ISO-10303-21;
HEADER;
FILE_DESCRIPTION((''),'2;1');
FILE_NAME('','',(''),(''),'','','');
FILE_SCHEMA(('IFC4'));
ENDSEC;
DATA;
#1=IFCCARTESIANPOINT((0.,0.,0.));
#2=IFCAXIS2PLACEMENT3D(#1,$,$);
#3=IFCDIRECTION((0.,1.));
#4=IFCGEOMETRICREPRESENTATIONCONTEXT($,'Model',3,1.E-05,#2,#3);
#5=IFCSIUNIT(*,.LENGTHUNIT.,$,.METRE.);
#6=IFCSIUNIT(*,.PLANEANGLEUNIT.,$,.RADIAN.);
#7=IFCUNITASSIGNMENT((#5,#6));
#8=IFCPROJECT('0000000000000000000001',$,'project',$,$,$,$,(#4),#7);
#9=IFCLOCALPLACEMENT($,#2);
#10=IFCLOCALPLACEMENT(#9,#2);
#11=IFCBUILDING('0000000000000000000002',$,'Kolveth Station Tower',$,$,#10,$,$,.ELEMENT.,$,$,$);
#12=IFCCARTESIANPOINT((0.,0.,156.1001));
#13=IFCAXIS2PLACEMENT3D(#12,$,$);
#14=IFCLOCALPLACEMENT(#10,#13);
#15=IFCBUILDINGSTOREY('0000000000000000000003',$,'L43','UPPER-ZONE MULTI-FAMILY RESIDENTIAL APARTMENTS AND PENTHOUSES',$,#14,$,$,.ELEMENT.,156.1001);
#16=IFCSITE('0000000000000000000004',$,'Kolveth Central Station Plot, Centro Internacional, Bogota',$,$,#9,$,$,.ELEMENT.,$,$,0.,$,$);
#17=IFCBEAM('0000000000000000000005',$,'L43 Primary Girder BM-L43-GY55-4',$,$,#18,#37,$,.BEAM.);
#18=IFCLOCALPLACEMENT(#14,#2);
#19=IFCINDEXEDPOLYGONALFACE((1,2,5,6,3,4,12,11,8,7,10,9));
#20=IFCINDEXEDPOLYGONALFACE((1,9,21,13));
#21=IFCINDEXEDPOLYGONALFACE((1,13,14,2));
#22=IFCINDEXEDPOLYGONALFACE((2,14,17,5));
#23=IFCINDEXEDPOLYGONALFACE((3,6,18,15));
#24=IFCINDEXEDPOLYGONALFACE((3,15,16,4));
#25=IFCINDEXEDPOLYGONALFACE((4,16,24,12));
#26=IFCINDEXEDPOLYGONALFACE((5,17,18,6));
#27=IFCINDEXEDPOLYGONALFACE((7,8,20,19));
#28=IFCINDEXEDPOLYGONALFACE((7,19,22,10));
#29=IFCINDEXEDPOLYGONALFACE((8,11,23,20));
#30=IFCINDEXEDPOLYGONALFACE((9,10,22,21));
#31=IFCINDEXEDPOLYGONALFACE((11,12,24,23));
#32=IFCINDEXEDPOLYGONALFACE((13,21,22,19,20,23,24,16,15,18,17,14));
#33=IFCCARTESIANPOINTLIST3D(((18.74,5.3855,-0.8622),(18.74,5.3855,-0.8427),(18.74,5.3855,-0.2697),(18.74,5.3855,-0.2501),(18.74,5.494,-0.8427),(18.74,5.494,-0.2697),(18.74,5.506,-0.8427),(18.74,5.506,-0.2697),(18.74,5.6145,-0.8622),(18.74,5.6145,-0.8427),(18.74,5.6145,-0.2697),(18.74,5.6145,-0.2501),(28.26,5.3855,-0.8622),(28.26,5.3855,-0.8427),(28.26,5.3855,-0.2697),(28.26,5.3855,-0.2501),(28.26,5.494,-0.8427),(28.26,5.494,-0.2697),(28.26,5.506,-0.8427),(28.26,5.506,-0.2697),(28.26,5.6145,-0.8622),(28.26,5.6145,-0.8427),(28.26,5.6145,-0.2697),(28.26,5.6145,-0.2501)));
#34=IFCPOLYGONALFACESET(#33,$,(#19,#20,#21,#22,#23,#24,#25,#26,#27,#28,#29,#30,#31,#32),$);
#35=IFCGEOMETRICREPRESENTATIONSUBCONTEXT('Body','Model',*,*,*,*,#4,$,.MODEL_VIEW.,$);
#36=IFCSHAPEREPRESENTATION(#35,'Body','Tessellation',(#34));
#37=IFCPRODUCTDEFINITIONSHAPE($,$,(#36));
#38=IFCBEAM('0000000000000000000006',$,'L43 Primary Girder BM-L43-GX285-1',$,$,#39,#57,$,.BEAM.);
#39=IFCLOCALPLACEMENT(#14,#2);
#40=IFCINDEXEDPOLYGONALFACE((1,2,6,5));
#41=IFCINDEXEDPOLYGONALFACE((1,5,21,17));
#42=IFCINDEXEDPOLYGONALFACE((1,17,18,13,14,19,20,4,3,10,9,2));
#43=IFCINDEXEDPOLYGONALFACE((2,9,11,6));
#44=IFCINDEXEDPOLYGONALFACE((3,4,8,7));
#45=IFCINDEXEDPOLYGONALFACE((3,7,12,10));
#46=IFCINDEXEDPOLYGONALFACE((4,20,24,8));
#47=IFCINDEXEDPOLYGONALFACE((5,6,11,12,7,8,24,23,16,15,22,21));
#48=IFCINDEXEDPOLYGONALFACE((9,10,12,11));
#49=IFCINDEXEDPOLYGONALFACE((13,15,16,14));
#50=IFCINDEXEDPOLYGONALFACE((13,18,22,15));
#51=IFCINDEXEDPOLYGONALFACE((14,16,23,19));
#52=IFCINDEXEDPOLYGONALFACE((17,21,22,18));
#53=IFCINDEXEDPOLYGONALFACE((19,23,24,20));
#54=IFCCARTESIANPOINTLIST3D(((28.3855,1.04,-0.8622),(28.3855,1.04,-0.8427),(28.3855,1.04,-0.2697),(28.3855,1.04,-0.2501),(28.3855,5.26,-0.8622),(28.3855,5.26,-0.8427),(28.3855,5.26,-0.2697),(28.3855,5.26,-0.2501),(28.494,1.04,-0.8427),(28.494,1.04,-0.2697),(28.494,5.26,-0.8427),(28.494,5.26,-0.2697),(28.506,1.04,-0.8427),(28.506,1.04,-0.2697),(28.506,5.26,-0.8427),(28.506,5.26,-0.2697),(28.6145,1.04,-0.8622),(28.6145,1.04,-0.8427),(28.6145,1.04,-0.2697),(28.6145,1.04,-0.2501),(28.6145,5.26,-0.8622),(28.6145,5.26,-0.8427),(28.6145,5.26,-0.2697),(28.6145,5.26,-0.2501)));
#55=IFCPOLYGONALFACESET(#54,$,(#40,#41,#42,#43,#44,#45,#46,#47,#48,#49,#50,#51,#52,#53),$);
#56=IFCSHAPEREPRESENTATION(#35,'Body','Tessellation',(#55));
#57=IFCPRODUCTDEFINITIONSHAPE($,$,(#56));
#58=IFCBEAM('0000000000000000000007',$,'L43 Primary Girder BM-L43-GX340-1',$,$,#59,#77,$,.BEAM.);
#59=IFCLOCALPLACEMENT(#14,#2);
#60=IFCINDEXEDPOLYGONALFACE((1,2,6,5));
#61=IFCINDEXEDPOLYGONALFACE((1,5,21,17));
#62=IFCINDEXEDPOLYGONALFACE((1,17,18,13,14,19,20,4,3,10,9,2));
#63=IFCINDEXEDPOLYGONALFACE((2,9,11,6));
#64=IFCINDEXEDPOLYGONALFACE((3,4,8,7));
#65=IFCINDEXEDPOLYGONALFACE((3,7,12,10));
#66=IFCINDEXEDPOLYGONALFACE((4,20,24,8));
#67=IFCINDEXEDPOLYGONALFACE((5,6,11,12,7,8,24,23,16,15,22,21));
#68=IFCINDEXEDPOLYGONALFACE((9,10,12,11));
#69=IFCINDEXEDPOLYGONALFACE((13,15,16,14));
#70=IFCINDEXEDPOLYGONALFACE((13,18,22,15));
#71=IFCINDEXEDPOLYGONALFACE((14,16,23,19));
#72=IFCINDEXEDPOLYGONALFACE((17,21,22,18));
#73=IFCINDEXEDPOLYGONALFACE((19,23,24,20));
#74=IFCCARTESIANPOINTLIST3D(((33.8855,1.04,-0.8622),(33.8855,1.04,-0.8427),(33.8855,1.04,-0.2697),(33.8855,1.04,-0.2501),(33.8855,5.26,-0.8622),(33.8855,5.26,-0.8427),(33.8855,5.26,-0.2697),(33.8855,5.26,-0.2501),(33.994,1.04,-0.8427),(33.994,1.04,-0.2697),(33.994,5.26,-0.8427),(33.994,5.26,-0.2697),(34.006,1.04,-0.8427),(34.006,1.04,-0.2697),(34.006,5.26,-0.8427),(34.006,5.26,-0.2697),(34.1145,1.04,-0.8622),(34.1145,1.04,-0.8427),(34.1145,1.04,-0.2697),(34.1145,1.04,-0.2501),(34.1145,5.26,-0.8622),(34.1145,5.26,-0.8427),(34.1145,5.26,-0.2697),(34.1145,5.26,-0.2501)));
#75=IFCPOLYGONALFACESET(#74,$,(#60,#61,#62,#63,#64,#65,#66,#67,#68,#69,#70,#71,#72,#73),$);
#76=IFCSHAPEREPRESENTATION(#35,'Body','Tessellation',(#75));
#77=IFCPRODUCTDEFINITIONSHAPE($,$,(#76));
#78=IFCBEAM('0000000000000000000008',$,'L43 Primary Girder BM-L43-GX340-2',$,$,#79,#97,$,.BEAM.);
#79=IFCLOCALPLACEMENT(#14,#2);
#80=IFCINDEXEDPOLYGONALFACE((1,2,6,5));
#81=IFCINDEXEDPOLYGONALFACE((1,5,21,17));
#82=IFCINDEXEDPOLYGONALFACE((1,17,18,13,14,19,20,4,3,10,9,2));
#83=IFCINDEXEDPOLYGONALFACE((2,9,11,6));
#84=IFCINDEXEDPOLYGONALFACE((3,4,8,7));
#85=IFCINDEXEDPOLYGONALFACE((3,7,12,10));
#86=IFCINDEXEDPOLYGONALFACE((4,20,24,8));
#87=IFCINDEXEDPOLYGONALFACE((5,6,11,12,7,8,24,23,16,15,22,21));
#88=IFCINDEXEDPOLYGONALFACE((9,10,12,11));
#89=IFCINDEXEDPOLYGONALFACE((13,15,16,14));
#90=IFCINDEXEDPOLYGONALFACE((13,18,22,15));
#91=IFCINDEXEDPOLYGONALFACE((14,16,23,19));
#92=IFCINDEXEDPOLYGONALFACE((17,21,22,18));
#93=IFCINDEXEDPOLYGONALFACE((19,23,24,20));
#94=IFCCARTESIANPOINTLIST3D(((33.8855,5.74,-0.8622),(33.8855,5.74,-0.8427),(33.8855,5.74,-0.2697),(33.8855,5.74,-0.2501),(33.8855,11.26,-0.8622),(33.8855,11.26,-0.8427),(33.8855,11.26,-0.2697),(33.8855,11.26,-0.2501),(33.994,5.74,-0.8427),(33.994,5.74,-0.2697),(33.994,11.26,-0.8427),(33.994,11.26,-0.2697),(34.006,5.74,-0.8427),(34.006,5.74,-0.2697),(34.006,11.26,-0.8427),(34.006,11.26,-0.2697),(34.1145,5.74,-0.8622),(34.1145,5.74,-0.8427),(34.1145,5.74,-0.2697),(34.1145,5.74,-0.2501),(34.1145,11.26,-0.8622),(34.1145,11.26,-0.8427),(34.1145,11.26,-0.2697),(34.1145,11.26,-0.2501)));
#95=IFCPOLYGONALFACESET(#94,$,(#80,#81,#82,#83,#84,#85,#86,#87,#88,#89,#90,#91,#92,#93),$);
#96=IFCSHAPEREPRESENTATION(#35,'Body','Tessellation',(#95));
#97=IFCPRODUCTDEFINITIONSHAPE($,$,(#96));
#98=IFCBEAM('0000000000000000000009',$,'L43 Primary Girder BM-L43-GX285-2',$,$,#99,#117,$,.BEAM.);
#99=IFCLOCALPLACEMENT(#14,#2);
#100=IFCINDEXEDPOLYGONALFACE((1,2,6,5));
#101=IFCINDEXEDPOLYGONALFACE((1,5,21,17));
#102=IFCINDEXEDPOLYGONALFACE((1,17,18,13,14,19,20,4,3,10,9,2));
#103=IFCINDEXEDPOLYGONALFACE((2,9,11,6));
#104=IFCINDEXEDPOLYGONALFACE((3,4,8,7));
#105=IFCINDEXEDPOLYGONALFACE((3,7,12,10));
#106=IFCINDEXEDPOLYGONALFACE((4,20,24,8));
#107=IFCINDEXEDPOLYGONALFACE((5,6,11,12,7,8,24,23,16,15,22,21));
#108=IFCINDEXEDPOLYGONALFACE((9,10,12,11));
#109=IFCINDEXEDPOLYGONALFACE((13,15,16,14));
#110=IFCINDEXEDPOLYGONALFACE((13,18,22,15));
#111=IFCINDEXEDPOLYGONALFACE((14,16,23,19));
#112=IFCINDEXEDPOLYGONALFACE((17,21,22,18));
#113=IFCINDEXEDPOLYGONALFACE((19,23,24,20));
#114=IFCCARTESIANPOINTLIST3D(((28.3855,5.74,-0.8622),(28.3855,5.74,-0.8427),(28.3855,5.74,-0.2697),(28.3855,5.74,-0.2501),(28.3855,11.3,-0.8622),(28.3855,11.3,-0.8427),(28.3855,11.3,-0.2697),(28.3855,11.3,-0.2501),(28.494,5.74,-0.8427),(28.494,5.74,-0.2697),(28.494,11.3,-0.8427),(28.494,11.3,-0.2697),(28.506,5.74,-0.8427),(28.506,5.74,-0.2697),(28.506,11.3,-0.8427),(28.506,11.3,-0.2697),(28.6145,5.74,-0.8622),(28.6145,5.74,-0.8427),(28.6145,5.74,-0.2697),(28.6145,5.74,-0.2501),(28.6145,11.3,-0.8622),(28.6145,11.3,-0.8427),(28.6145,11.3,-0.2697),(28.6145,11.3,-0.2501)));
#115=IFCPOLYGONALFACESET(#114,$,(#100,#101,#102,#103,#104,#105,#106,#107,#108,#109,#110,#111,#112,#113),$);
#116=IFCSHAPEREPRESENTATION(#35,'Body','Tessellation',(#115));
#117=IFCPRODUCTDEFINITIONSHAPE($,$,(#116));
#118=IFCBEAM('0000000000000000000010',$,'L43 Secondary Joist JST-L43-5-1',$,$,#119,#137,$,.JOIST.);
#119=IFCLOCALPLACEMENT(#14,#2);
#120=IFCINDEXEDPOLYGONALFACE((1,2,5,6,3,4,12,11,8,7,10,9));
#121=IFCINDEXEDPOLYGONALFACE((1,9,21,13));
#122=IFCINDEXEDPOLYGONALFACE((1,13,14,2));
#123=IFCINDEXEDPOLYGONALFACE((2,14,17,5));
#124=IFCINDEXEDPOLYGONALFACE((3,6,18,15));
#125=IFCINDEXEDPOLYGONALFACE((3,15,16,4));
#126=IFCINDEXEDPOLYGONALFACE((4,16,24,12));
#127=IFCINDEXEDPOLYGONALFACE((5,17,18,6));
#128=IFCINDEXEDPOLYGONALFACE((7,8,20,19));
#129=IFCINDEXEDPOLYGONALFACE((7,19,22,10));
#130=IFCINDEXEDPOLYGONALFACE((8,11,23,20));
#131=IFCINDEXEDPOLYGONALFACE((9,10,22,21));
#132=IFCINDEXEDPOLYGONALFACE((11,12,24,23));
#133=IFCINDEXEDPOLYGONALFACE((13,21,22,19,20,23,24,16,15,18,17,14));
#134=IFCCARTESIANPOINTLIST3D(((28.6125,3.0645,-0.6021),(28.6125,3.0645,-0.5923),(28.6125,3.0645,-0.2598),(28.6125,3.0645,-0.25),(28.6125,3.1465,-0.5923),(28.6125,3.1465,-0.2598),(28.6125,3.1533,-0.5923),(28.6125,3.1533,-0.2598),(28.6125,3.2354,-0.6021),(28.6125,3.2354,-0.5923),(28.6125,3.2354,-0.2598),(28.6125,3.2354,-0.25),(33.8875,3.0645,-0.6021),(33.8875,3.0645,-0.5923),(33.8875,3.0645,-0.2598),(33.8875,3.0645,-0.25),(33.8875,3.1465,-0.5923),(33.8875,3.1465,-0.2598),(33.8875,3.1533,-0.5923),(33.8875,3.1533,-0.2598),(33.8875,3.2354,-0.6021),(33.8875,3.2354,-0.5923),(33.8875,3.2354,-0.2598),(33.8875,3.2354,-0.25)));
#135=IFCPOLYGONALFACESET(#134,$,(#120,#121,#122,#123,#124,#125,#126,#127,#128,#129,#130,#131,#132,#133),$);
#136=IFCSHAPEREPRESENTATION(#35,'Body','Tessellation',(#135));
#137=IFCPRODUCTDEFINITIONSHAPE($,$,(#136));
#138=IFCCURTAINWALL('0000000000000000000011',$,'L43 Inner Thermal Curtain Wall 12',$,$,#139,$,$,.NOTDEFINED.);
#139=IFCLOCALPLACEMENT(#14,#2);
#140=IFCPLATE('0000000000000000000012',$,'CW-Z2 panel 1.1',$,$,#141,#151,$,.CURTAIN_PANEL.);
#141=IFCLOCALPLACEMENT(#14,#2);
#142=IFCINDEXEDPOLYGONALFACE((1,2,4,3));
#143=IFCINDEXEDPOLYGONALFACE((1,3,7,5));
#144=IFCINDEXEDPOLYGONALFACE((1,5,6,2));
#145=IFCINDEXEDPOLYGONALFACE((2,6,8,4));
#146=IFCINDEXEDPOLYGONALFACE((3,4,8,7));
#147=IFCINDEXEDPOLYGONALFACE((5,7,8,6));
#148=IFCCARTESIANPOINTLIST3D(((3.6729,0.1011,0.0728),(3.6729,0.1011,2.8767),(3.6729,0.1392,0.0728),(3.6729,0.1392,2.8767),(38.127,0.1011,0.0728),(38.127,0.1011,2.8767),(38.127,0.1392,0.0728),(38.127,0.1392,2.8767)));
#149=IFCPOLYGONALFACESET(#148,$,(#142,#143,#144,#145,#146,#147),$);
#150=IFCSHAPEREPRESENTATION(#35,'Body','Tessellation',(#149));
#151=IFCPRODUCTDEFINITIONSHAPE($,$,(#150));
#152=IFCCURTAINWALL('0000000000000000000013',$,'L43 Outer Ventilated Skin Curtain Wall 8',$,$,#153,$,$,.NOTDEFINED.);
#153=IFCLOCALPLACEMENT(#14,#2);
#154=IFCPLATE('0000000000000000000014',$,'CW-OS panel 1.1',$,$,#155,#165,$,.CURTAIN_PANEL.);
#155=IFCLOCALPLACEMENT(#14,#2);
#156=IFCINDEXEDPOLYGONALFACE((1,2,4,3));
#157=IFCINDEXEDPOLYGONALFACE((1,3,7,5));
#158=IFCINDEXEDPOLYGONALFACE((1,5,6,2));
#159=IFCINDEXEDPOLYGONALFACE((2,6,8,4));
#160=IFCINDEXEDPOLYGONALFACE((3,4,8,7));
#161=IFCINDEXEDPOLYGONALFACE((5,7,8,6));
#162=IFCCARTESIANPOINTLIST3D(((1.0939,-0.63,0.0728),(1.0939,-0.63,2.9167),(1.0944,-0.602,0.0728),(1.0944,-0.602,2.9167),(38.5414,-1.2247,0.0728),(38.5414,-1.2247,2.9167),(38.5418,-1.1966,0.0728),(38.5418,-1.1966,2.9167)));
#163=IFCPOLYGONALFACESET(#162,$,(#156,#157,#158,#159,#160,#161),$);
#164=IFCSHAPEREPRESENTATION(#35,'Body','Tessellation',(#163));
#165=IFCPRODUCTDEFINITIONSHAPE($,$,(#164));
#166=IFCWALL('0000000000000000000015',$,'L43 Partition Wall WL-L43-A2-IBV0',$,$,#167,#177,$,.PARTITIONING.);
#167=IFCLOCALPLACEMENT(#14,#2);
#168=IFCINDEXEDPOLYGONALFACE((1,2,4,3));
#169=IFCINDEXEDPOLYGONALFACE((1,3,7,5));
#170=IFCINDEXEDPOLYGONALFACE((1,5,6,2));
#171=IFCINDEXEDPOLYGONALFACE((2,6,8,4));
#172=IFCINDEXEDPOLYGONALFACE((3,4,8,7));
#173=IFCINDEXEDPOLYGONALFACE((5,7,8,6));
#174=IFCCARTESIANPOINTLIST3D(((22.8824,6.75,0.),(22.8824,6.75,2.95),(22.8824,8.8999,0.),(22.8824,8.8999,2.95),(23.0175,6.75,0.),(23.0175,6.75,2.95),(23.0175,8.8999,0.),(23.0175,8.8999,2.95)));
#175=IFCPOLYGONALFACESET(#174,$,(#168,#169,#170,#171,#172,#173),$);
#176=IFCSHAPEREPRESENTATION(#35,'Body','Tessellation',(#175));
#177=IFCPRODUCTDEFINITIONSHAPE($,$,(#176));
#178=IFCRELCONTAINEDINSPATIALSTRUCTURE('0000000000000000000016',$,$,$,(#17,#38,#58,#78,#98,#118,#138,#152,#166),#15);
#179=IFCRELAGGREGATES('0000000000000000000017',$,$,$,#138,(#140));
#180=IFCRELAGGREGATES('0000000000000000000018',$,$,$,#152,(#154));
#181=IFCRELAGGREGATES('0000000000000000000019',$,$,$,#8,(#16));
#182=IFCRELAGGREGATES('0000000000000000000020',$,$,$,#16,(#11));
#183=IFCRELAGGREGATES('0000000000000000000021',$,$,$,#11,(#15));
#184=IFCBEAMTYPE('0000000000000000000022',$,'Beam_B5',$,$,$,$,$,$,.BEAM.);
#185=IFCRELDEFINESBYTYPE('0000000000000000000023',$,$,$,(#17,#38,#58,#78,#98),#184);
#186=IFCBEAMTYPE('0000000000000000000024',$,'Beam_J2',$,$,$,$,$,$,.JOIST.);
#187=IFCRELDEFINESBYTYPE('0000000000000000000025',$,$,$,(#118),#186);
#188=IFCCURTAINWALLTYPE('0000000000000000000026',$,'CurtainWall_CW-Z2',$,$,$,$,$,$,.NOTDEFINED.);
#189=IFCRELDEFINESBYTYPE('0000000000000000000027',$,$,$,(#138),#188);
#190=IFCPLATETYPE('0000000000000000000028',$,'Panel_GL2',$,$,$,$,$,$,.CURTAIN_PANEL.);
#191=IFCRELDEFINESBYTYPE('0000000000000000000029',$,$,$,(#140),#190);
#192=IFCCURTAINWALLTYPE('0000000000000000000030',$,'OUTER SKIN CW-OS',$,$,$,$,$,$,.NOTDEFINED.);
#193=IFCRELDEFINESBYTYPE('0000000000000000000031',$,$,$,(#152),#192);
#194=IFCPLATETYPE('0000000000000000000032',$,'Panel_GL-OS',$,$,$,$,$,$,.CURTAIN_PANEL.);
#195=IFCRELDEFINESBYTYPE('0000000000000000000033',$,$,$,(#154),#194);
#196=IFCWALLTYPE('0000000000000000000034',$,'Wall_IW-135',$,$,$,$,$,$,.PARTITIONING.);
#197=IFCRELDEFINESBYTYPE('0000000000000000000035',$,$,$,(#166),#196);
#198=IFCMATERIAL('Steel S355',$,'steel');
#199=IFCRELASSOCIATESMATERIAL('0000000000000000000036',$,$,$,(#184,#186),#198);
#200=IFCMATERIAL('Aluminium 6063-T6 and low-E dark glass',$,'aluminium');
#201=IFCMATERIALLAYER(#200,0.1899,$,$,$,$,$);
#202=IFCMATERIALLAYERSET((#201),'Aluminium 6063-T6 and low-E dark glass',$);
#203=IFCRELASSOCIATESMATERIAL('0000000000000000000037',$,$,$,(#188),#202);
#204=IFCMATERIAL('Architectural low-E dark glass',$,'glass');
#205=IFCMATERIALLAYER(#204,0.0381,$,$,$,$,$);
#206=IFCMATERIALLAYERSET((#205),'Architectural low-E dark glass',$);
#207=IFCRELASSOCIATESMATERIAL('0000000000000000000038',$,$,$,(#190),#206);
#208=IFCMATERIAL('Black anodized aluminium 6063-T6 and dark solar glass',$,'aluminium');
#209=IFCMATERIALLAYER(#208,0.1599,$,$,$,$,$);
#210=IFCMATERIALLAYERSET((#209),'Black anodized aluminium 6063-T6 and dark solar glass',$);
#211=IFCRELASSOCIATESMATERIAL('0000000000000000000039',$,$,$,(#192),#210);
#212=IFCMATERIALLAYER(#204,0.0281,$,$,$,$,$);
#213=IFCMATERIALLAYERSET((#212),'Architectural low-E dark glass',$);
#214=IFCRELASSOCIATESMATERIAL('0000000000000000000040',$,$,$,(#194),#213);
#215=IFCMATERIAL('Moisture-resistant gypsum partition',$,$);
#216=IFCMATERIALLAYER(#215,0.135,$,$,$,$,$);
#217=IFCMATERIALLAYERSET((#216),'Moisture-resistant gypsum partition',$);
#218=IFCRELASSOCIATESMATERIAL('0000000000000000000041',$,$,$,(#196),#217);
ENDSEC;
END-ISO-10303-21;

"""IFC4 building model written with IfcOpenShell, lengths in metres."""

from ifc_helpers import new_model, si_unit, direction, frame, frame_2d, origin, origin_2d, place, context, subcontext, project, spatial, rectangle, i_section, extrude, source, transform, mapped, material, layer, layer_set, material_profile, profile_set, type_object, element, aggregate, save


model = new_model("IFC4")

# Units and contexts
model_context = context("Model", 3, precision=1e-05, world=origin(), true_north=direction((0.0, 1.0)))
body_context = subcontext(model_context, "Body", "Model", "MODEL_VIEW")
ifc_project = project(units=[si_unit("LENGTHUNIT", "METRE"), si_unit("PLANEANGLEUNIT", "RADIAN")], contexts=[model_context])

# Site, building, storey
site_placement = place(None, origin())
site = spatial("IfcSite", under=ifc_project, at=site_placement, Name="Kolveth Central Station Plot, Centro Internacional, Bogota", CompositionType="ELEMENT", RefElevation=0.0)
building_placement = place(site_placement, origin())
building = spatial("IfcBuilding", under=site, at=building_placement, Name="Kolveth Station Tower", CompositionType="ELEMENT")
storey_placement = place(building_placement, frame((0.0, 0.0, 156.1001)))
storey = spatial("IfcBuildingStorey", under=building, at=storey_placement, Name="L43", Description="UPPER-ZONE MULTI-FAMILY RESIDENTIAL APARTMENTS AND PENTHOUSES", CompositionType="ELEMENT", Elevation=156.1001)

# Shared definitions
ifc_material_1 = material(Name="Steel S355", Category="steel")

# Beams
ifc_material_profile_1 = material_profile(ifc_material_1, i_section(OverallWidth=0.229, OverallDepth=0.6121, WebThickness=0.012, FlangeThickness=0.0195, at=origin_2d()), Name="W610x125")
ifc_profile_set_1 = profile_set([ifc_material_profile_1], Name="Steel S355")
beam_type_1 = type_object("IfcBeamType", Name="Beam_B5", PredefinedType="BEAM", material=ifc_profile_set_1)
shared_shape_1 = source(origin(), body_context, "Body", "SweptSolid", [
    extrude(i_section(OverallWidth=0.229, OverallDepth=0.6121, WebThickness=0.012, FlangeThickness=0.0195, at=origin_2d()), origin(), (0.0, 0.0, 1.0), 9.52),
])
beam_1_placement = place(storey_placement, frame((18.74, 5.5, -0.5562), z_axis=(1.0, 0.0, 0.0), x_axis=(0.0, 1.0, 0.0)))
element("IfcBeam", 1, at=beam_1_placement, inside=storey, type_object=beam_type_1, Name="L43 Primary Girder BM-L43-GY55-4", PredefinedType="BEAM", context=body_context, shape_type="MappedRepresentation", body=[
    mapped(shared_shape_1, transform((0.0, 0.0, 0.0), x_axis=(1.0, 0.0, 0.0), y_axis=(0.0, 1.0, 0.0), z_axis=(0.0, 0.0, 1.0), scale=1.0)),
])
shared_shape_2 = source(origin(), body_context, "Body", "SweptSolid", [
    extrude(i_section(OverallWidth=0.229, OverallDepth=0.6121, WebThickness=0.012, FlangeThickness=0.0195, at=origin_2d()), origin(), (0.0, 0.0, 1.0), 4.22),
])
for number, where, z_axis, x_axis, name in (
    (2, (28.5, 1.04, -0.5562), (0.0, 1.0, 0.0), (-1.0, 0.0, 0.0), "L43 Primary Girder BM-L43-GX285-1"),
    (3, (34.0, 1.04, -0.5562), (0.0, 1.0, 0.0), (-1.0, 0.0, 0.0), "L43 Primary Girder BM-L43-GX340-1"),
):
    element("IfcBeam", number, at=place(storey_placement, frame(where, z_axis=z_axis, x_axis=x_axis)), inside=storey, type_object=beam_type_1, Name=name, PredefinedType="BEAM", context=body_context, shape_type="MappedRepresentation", body=[
        mapped(shared_shape_2, transform((0.0, 0.0, 0.0), x_axis=(1.0, 0.0, 0.0), y_axis=(0.0, 1.0, 0.0), z_axis=(0.0, 0.0, 1.0), scale=1.0)),
    ])
shared_shape_3 = source(origin(), body_context, "Body", "SweptSolid", [
    extrude(i_section(OverallWidth=0.229, OverallDepth=0.6121, WebThickness=0.012, FlangeThickness=0.0195, at=origin_2d()), origin(), (0.0, 0.0, 1.0), 5.52),
])
beam_2_placement = place(storey_placement, frame((34.0, 5.74, -0.5562), z_axis=(0.0, 1.0, 0.0), x_axis=(-1.0, 0.0, 0.0)))
element("IfcBeam", 4, at=beam_2_placement, inside=storey, type_object=beam_type_1, Name="L43 Primary Girder BM-L43-GX340-2", PredefinedType="BEAM", context=body_context, shape_type="MappedRepresentation", body=[
    mapped(shared_shape_3, transform((0.0, 0.0, 0.0), x_axis=(1.0, 0.0, 0.0), y_axis=(0.0, 1.0, 0.0), z_axis=(0.0, 0.0, 1.0), scale=1.0)),
])
shared_shape_4 = source(origin(), body_context, "Body", "SweptSolid", [
    extrude(i_section(OverallWidth=0.229, OverallDepth=0.6121, WebThickness=0.012, FlangeThickness=0.0195, at=origin_2d()), origin(), (0.0, 0.0, 1.0), 5.5601),
])
beam_3_placement = place(storey_placement, frame((28.5, 5.74, -0.5562), z_axis=(0.0, 1.0, 0.0), x_axis=(-1.0, 0.0, 0.0)))
element("IfcBeam", 5, at=beam_3_placement, inside=storey, type_object=beam_type_1, Name="L43 Primary Girder BM-L43-GX285-2", PredefinedType="BEAM", context=body_context, shape_type="MappedRepresentation", body=[
    mapped(shared_shape_4, transform((0.0, 0.0, 0.0), x_axis=(1.0, 0.0, 0.0), y_axis=(0.0, 1.0, 0.0), z_axis=(0.0, 0.0, 1.0), scale=1.0)),
])
ifc_material_profile_2 = material_profile(ifc_material_1, i_section(OverallWidth=0.1709, OverallDepth=0.3521, WebThickness=0.0068, FlangeThickness=0.0098, at=origin_2d()), Name="W360x44")
ifc_profile_set_2 = profile_set([ifc_material_profile_2], Name="Steel S355")
beam_type_2 = type_object("IfcBeamType", Name="Beam_J2", PredefinedType="JOIST", material=ifc_profile_set_2)
shared_shape_5 = source(origin(), body_context, "Body", "SweptSolid", [
    extrude(i_section(OverallWidth=0.1709, OverallDepth=0.3521, WebThickness=0.0068, FlangeThickness=0.0098, at=origin_2d()), origin(), (0.0, 0.0, 1.0), 5.2749),
])
beam_4_placement = place(storey_placement, frame((28.6125, 3.1499, -0.426), z_axis=(1.0, 0.0, 0.0), x_axis=(0.0, 1.0, 0.0)))
element("IfcBeam", 6, at=beam_4_placement, inside=storey, type_object=beam_type_2, Name="L43 Secondary Joist JST-L43-5-1", PredefinedType="JOIST", context=body_context, shape_type="MappedRepresentation", body=[
    mapped(shared_shape_5, transform((0.0, 0.0, 0.0), x_axis=(1.0, 0.0, 0.0), y_axis=(0.0, 1.0, 0.0), z_axis=(0.0, 0.0, 1.0), scale=1.0)),
])

# Curtain walls, plates
ifc_material_2 = material(Name="Aluminium 6063-T6 and low-E dark glass", Category="aluminium")
ifc_layer_1 = layer(ifc_material_2, 0.1899)
ifc_layer_set_1 = layer_set([ifc_layer_1], Name="Aluminium 6063-T6 and low-E dark glass")
curtain_wall_type_1 = type_object("IfcCurtainWallType", Name="CurtainWall_CW-Z2", PredefinedType="NOTDEFINED", material=ifc_layer_set_1)
curtain_wall_1_placement = place(storey_placement, origin())
curtain_wall_1 = element("IfcCurtainWall", 7, at=curtain_wall_1_placement, inside=storey, type_object=curtain_wall_type_1, Name="L43 Inner Thermal Curtain Wall 12", PredefinedType="NOTDEFINED")
ifc_material_3 = material(Name="Architectural low-E dark glass", Category="glass")
ifc_layer_2 = layer(ifc_material_3, 0.0381)
ifc_layer_set_2 = layer_set([ifc_layer_2], Name="Architectural low-E dark glass")
plate_type_1 = type_object("IfcPlateType", Name="Panel_GL2", PredefinedType="CURTAIN_PANEL", material=ifc_layer_set_2)
shared_shape_6 = source(origin(), body_context, "Body", "SweptSolid", [
    extrude(rectangle(XDim=34.4541, YDim=0.0381, at=origin_2d()), origin(), (0.0, 0.0, 1.0), 2.804),
])
plate_1_placement = place(storey_placement, frame((20.8999, 0.1201, 0.0728), z_axis=(0.0, 0.0, 1.0), x_axis=(1.0, 0.0, 0.0)))
plate_1 = element("IfcPlate", 8, at=plate_1_placement, type_object=plate_type_1, Name="CW-Z2 panel 1.1", PredefinedType="CURTAIN_PANEL", context=body_context, shape_type="MappedRepresentation", body=[
    mapped(shared_shape_6, transform((0.0, 0.0, 0.0), x_axis=(1.0, 0.0, 0.0), y_axis=(0.0, 1.0, 0.0), z_axis=(0.0, 0.0, 1.0), scale=1.0)),
])
aggregate(curtain_wall_1, [plate_1])
ifc_material_4 = material(Name="Black anodized aluminium 6063-T6 and dark solar glass", Category="aluminium")
ifc_layer_3 = layer(ifc_material_4, 0.1599)
ifc_layer_set_3 = layer_set([ifc_layer_3], Name="Black anodized aluminium 6063-T6 and dark solar glass")
curtain_wall_type_2 = type_object("IfcCurtainWallType", Name="OUTER SKIN CW-OS", PredefinedType="NOTDEFINED", material=ifc_layer_set_3)
curtain_wall_2_placement = place(storey_placement, origin())
curtain_wall_2 = element("IfcCurtainWall", 9, at=curtain_wall_2_placement, inside=storey, type_object=curtain_wall_type_2, Name="L43 Outer Ventilated Skin Curtain Wall 8", PredefinedType="NOTDEFINED")
ifc_layer_4 = layer(ifc_material_3, 0.0281)
ifc_layer_set_4 = layer_set([ifc_layer_4], Name="Architectural low-E dark glass")
plate_type_2 = type_object("IfcPlateType", Name="Panel_GL-OS", PredefinedType="CURTAIN_PANEL", material=ifc_layer_set_4)
shared_shape_7 = source(origin(), body_context, "Body", "SweptSolid", [
    extrude(rectangle(XDim=37.4521, YDim=0.0281, at=origin_2d()), origin(), (0.0, 0.0, 1.0), 2.844),
])
plate_2_placement = place(storey_placement, frame((19.8179, -0.9133, 0.0728), z_axis=(0.0, 0.0, 1.0), x_axis=(0.999874, -0.015878, 0.0)))
plate_2 = element("IfcPlate", 10, at=plate_2_placement, type_object=plate_type_2, Name="CW-OS panel 1.1", PredefinedType="CURTAIN_PANEL", context=body_context, shape_type="MappedRepresentation", body=[
    mapped(shared_shape_7, transform((0.0, 0.0, 0.0), x_axis=(1.0, 0.0, 0.0), y_axis=(0.0, 1.0, 0.0), z_axis=(0.0, 0.0, 1.0), scale=1.0)),
])
aggregate(curtain_wall_2, [plate_2])

# Shared definitions
ifc_material_5 = material(Name="Moisture-resistant gypsum partition")
ifc_layer_5 = layer(ifc_material_5, 0.135)
ifc_layer_set_5 = layer_set([ifc_layer_5], Name="Moisture-resistant gypsum partition")
wall_type_1 = type_object("IfcWallType", Name="Wall_IW-135", PredefinedType="PARTITIONING", material=ifc_layer_set_5)

# Wall
wall_1_placement = place(storey_placement, frame((22.95, 6.75, 0.0), z_axis=(0.0, 0.0, 1.0), x_axis=(0.0, 1.0, 0.0)))
element("IfcWall", 11, at=wall_1_placement, inside=storey, type_object=wall_type_1, Name="L43 Partition Wall WL-L43-A2-IBV0", PredefinedType="PARTITIONING", context=body_context, shape_type="SweptSolid", body=[
    extrude(rectangle(XDim=2.1499, YDim=0.135, at=frame_2d((1.075, 0.0))), origin(), (0.0, 0.0, 1.0), 2.95),
])

save(model, "model.ifc")
